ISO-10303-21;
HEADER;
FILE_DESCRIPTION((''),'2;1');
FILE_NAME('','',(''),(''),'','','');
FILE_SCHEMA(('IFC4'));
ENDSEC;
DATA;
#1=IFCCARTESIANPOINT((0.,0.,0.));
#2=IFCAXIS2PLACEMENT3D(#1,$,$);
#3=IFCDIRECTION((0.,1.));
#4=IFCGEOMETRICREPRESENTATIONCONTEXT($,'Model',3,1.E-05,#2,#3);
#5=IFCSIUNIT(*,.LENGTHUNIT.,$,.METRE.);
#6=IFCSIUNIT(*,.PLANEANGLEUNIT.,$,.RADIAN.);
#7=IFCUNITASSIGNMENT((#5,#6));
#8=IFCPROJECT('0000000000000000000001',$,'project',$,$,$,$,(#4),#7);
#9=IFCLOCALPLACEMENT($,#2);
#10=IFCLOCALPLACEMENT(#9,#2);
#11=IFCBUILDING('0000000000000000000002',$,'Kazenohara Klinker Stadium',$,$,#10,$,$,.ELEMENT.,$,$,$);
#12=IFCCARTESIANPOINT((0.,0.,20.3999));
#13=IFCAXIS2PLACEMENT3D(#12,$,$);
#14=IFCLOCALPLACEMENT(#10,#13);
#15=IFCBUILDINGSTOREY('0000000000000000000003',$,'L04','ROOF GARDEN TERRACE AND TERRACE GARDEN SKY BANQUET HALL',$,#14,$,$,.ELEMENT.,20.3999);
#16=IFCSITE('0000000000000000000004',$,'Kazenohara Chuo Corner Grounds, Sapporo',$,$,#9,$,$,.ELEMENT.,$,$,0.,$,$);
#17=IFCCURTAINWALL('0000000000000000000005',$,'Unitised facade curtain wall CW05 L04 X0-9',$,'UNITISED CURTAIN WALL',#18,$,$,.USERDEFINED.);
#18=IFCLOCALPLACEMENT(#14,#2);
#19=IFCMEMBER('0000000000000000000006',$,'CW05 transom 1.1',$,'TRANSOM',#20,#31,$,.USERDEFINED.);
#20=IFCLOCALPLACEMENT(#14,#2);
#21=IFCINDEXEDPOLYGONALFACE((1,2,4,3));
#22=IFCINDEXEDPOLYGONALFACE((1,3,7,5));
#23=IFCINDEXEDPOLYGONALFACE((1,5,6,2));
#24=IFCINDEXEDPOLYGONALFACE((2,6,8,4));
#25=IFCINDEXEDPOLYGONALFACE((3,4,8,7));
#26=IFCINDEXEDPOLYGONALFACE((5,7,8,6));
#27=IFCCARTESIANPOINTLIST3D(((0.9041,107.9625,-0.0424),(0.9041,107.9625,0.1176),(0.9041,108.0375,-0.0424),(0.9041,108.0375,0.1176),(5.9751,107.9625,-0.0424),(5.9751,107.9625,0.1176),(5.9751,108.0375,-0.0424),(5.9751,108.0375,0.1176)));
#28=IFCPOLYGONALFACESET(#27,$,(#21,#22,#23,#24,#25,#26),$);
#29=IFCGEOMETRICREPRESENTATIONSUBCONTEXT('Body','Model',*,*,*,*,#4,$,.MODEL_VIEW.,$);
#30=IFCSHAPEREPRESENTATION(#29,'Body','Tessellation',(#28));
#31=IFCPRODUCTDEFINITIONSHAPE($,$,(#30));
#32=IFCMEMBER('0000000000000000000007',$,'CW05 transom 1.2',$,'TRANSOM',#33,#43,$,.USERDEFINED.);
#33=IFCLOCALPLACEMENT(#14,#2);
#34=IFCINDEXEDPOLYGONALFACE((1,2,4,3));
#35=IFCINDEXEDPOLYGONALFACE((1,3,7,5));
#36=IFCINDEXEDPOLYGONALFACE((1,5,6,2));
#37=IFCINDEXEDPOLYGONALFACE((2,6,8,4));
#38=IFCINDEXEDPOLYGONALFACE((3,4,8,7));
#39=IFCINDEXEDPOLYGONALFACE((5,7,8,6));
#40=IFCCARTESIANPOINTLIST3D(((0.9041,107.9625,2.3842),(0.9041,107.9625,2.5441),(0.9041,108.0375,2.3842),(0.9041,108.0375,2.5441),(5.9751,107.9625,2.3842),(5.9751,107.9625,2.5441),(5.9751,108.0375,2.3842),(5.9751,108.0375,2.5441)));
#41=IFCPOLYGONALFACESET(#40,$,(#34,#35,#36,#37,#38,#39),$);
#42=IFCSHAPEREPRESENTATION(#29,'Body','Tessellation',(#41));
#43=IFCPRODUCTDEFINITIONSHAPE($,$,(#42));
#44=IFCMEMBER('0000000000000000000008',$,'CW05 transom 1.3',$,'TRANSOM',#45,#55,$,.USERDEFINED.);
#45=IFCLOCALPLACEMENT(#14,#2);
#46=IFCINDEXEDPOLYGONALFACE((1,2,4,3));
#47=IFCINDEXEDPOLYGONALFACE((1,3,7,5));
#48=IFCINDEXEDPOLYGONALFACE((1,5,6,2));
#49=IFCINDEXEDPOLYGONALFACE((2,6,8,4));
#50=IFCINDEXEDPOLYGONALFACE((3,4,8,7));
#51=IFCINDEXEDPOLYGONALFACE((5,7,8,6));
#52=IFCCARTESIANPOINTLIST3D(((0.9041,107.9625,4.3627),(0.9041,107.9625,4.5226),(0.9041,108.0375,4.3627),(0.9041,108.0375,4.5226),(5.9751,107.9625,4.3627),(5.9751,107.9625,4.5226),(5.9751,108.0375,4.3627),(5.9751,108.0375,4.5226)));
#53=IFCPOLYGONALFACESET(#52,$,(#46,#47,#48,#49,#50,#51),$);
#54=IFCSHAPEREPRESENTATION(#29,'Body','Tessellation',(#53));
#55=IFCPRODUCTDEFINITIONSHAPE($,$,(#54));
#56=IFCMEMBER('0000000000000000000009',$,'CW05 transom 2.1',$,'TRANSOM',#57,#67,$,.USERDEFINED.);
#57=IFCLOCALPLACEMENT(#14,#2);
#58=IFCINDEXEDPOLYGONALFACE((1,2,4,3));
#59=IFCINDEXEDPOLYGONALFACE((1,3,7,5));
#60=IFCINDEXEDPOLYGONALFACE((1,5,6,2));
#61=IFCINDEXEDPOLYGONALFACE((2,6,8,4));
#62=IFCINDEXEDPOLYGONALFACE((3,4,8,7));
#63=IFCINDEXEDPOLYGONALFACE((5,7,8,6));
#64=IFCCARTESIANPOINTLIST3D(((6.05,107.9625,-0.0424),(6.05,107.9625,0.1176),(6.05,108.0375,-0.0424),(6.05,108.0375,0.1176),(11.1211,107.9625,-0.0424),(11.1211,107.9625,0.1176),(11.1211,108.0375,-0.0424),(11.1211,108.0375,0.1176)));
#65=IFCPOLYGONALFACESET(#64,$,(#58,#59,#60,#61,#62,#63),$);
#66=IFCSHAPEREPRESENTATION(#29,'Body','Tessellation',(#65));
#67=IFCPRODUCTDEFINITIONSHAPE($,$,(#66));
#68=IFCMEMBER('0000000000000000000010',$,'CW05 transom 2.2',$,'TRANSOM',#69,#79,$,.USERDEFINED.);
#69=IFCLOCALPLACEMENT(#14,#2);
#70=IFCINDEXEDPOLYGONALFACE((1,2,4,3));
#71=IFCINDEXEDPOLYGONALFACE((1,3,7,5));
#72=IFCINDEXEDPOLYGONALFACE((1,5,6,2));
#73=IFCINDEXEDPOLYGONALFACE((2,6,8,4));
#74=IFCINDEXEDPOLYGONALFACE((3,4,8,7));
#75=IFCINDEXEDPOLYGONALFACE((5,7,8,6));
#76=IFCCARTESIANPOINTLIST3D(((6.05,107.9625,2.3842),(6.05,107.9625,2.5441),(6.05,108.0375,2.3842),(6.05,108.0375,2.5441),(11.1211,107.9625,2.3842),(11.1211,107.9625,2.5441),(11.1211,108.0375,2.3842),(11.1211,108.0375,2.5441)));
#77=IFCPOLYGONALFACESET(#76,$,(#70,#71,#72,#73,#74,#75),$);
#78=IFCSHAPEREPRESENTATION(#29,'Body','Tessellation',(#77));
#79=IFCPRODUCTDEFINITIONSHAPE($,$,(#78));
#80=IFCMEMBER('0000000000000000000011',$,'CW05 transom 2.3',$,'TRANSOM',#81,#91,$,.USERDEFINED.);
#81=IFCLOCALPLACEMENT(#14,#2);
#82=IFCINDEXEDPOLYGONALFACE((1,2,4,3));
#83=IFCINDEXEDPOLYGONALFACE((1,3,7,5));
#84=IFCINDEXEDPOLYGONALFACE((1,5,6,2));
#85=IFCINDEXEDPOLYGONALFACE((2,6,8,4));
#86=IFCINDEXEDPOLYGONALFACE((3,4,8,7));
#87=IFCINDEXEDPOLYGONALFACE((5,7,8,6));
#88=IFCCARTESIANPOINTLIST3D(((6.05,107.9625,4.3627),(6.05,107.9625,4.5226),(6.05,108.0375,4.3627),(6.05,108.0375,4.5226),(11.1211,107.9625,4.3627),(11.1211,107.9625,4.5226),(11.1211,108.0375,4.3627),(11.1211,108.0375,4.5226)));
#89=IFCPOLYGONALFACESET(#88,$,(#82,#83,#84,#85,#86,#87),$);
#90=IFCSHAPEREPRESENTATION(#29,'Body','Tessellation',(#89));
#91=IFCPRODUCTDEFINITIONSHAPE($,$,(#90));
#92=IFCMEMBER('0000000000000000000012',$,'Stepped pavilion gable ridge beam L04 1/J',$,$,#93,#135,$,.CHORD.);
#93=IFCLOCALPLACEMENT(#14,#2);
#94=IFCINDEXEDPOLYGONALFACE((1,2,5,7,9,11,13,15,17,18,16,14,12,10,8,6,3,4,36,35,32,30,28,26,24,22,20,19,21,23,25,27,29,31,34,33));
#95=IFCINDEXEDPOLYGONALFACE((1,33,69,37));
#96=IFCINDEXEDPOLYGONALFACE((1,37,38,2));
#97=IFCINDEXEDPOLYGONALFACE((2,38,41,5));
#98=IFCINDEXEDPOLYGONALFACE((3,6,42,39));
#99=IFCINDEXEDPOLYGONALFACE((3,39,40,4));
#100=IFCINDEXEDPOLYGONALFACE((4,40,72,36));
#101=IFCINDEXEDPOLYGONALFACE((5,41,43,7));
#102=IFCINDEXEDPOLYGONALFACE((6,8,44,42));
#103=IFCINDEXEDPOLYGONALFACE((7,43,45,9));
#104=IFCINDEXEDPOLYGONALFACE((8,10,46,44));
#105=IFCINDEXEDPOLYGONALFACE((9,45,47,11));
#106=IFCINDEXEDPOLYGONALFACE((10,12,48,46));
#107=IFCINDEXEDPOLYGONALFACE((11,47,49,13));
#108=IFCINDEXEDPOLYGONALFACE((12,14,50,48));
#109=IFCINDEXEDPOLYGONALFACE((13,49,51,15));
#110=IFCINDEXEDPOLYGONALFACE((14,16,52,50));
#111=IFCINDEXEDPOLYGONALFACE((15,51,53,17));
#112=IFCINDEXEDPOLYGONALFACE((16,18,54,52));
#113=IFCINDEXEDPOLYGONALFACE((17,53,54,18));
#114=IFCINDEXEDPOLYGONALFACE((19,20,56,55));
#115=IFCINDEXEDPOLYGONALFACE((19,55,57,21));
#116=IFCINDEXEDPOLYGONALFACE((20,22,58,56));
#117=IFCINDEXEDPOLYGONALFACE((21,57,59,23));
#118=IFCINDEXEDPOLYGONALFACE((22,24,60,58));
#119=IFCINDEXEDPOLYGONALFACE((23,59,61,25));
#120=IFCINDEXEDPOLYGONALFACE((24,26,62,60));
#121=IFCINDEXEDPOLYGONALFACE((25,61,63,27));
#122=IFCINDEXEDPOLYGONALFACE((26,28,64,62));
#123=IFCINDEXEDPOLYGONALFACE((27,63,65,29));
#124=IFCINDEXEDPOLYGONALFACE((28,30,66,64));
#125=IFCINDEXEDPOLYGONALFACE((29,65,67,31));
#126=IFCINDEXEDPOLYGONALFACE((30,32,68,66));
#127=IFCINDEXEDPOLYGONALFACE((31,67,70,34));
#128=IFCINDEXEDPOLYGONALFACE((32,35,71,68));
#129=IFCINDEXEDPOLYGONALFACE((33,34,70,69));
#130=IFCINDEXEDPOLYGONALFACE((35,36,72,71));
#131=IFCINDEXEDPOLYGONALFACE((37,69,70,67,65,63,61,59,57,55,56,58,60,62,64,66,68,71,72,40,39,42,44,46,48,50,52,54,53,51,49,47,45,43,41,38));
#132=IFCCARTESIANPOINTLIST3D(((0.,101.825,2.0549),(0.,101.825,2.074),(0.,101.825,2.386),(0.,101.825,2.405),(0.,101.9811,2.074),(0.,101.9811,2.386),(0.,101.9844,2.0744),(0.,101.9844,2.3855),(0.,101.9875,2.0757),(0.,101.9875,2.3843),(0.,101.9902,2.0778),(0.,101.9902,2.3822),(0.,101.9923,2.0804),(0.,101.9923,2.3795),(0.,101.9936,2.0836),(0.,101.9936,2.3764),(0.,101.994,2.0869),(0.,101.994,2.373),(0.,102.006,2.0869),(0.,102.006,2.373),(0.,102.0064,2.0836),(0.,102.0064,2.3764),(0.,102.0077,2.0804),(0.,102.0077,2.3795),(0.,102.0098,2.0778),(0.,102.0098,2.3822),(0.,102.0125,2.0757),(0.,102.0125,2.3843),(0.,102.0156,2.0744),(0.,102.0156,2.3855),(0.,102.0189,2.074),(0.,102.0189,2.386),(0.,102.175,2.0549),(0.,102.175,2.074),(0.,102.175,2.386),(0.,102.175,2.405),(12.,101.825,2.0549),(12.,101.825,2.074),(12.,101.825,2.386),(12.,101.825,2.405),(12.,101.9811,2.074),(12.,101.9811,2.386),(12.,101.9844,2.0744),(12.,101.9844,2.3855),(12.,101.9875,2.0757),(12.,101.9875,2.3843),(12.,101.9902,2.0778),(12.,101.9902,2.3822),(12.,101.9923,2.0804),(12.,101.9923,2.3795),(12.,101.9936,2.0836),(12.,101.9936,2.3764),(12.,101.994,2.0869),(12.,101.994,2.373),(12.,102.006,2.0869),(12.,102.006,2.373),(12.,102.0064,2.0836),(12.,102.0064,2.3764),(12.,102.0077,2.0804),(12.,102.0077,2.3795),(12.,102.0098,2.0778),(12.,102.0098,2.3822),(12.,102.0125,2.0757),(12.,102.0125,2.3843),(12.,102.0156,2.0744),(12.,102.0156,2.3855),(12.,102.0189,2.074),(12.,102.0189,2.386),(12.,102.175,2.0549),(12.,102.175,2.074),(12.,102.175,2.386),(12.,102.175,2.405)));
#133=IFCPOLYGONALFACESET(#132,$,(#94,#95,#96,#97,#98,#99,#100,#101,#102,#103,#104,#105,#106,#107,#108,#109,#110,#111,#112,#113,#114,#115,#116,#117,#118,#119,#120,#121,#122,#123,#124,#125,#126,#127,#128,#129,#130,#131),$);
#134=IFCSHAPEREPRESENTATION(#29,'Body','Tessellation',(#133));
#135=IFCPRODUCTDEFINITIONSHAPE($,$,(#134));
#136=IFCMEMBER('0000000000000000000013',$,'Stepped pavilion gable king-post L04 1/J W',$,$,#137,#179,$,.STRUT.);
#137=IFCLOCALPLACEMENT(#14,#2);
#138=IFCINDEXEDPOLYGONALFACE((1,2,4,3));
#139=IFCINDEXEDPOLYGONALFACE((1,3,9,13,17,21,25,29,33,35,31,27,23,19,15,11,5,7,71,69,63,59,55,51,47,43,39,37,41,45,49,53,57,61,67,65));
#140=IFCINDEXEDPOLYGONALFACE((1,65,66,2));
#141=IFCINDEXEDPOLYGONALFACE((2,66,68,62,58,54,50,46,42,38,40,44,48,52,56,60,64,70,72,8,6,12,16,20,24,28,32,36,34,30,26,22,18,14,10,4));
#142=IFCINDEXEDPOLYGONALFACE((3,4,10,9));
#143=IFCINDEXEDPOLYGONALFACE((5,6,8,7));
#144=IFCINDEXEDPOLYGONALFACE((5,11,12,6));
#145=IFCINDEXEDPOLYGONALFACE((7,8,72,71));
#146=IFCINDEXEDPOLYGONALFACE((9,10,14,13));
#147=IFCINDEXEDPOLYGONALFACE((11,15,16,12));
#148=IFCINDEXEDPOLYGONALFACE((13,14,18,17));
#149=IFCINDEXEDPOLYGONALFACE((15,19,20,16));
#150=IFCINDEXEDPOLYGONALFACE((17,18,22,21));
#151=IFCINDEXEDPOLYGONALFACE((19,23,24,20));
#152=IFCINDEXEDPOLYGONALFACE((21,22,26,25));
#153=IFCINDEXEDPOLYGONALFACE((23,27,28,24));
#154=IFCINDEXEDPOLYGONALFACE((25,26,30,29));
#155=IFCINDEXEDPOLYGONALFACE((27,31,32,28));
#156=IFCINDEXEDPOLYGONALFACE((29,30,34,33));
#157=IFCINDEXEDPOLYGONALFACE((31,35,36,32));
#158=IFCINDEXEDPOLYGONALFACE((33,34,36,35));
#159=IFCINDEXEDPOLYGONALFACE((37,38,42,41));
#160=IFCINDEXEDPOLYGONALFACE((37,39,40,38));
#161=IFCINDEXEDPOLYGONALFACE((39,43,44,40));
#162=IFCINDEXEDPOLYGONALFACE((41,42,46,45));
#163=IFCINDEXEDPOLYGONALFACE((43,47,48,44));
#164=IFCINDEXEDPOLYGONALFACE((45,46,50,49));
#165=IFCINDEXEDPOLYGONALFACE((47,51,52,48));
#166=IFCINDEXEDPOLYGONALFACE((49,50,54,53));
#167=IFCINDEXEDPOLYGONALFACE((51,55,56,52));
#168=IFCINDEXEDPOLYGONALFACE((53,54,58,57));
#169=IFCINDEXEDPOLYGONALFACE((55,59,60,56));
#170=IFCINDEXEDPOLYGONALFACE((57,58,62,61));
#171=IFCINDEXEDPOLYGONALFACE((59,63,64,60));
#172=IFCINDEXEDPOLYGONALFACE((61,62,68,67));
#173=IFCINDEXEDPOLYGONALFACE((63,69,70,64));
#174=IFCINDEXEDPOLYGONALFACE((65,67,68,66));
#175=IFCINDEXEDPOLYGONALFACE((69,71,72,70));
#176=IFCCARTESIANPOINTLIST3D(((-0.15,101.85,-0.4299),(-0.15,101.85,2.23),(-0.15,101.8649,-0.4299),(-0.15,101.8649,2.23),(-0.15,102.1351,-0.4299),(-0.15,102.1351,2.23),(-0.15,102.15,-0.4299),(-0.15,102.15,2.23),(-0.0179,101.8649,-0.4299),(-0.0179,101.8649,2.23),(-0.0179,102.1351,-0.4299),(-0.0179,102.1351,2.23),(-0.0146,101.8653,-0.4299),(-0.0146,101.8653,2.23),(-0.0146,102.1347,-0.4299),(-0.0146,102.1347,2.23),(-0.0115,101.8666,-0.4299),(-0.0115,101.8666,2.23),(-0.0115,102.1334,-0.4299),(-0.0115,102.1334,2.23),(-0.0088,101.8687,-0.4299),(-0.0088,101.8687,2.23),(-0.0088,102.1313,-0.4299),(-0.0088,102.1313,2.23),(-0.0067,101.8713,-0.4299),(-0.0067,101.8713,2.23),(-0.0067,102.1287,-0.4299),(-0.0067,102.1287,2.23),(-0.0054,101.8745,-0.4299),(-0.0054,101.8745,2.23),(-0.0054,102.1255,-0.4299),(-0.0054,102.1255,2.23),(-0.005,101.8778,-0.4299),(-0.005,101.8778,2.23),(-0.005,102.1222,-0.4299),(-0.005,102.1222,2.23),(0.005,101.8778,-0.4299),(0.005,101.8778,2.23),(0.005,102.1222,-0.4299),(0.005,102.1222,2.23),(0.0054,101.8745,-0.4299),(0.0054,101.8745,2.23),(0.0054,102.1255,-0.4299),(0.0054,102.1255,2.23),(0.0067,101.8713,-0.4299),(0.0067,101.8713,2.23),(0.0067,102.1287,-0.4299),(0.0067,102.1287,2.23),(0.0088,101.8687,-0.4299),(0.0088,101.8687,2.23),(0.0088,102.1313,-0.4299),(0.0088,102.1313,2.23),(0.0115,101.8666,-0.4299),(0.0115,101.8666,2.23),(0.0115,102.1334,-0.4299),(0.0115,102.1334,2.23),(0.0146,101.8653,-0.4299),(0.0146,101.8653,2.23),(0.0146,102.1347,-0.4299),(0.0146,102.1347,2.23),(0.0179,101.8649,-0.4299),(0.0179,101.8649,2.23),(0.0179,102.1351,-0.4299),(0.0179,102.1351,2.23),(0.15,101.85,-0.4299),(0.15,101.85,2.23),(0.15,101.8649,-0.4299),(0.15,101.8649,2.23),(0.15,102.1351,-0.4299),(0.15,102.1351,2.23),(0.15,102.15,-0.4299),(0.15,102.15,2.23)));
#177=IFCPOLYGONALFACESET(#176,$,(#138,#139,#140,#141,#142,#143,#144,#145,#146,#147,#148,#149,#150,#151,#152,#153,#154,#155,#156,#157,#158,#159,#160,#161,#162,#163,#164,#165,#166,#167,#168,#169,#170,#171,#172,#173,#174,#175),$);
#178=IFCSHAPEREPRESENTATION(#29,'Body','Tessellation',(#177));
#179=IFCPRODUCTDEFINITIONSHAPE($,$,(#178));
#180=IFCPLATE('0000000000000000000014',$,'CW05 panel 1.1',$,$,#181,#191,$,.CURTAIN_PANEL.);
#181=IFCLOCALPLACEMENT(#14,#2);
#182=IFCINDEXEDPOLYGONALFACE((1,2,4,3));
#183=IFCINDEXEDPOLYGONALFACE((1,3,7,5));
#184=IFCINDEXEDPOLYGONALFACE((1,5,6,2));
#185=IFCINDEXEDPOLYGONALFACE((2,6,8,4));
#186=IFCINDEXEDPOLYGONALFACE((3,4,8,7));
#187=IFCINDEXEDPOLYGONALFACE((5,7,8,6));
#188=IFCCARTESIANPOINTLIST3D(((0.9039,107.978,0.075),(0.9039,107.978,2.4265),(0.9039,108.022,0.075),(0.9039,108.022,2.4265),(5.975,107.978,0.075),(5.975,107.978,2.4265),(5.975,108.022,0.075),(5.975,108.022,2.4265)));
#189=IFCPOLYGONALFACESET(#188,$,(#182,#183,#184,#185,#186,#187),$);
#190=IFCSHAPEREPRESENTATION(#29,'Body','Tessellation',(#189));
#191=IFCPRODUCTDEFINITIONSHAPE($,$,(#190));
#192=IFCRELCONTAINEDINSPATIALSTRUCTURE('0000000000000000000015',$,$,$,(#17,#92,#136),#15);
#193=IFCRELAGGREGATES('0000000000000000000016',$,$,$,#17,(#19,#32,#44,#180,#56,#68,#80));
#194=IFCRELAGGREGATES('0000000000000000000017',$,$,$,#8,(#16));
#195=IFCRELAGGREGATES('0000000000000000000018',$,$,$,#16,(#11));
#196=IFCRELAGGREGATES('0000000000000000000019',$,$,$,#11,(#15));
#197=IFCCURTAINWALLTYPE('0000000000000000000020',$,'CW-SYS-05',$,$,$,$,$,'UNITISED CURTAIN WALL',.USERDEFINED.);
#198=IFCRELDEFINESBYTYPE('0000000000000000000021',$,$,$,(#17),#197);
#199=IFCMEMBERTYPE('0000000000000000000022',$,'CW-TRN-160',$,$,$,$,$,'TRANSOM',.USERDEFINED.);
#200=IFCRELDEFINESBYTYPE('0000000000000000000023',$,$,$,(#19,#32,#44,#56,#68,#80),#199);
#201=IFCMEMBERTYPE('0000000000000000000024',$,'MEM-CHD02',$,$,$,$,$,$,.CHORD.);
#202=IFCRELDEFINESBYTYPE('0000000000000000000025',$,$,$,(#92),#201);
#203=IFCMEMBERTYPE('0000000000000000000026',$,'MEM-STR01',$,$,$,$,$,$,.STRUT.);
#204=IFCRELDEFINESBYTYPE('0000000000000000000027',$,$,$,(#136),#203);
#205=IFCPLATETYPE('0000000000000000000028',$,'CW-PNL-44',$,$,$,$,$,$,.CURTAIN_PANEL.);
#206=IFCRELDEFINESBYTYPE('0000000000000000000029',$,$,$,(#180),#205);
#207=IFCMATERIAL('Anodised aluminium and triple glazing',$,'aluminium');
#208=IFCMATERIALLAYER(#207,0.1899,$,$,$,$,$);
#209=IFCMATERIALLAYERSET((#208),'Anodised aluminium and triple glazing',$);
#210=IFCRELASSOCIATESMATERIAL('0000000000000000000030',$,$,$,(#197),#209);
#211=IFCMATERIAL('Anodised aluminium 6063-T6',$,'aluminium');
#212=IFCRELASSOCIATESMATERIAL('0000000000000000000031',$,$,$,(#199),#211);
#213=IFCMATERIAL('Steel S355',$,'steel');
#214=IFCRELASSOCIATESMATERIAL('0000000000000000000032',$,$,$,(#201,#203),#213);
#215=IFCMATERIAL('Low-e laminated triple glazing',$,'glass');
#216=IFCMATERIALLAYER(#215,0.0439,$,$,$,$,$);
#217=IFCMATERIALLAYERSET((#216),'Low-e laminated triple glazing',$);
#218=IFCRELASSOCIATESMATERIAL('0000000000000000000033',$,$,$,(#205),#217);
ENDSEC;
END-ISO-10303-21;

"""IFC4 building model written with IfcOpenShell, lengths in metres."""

from ifc_helpers import new_model, si_unit, direction, frame, origin, origin_2d, place, context, subcontext, project, spatial, rectangle, i_section, extrude, material, layer, layer_set, material_profile, profile_set, type_object, element, aggregate, save


model = new_model("IFC4")

# Units and contexts
model_context = context("Model", 3, precision=1e-05, world=origin(), true_north=direction((0.0, 1.0)))
body_context = subcontext(model_context, "Body", "Model", "MODEL_VIEW")
ifc_project = project(units=[si_unit("LENGTHUNIT", "METRE"), si_unit("PLANEANGLEUNIT", "RADIAN")], contexts=[model_context])

# Site, building, storey
site_placement = place(None, origin())
site = spatial("IfcSite", under=ifc_project, at=site_placement, Name="Kazenohara Chuo Corner Grounds, Sapporo", CompositionType="ELEMENT", RefElevation=0.0)
building_placement = place(site_placement, origin())
building = spatial("IfcBuilding", under=site, at=building_placement, Name="Kazenohara Klinker Stadium", CompositionType="ELEMENT")
storey_placement = place(building_placement, frame((0.0, 0.0, 20.3999)))
storey = spatial("IfcBuildingStorey", under=building, at=storey_placement, Name="L04", Description="ROOF GARDEN TERRACE AND TERRACE GARDEN SKY BANQUET HALL", CompositionType="ELEMENT", Elevation=20.3999)

# Shared definitions
ifc_material_1 = material(Name="Steel S355", Category="steel")

# Shared definitions
ifc_material_2 = material(Name="Anodised aluminium and triple glazing", Category="aluminium")
ifc_material_3 = material(Name="Anodised aluminium 6063-T6", Category="aluminium")

# Curtain wall, members
ifc_layer_1 = layer(ifc_material_2, 0.1899)
ifc_layer_set_1 = layer_set([ifc_layer_1], Name="Anodised aluminium and triple glazing")
curtain_wall_type_1 = type_object("IfcCurtainWallType", Name="CW-SYS-05", ElementType="UNITISED CURTAIN WALL", PredefinedType="USERDEFINED", material=ifc_layer_set_1)
curtain_wall_1_placement = place(storey_placement, origin())
curtain_wall_1 = element("IfcCurtainWall", 1, at=curtain_wall_1_placement, inside=storey, type_object=curtain_wall_type_1, Name="Unitised facade curtain wall CW05 L04 X0-9", ObjectType="UNITISED CURTAIN WALL", PredefinedType="USERDEFINED")
ifc_material_profile_1 = material_profile(ifc_material_3, rectangle(XDim=0.075, YDim=0.1599, at=origin_2d()), Name="ALU-TRN-75x160")
ifc_profile_set_1 = profile_set([ifc_material_profile_1], Name="Anodised aluminium 6063-T6")
member_type_1 = type_object("IfcMemberType", Name="CW-TRN-160", ElementType="TRANSOM", PredefinedType="USERDEFINED", material=ifc_profile_set_1)
member_1_placement = place(storey_placement, frame((0.9041, 108.0, 0.0376), z_axis=(1.0, 0.0, 0.0), x_axis=(0.0, 1.0, 0.0)))
member_1 = element("IfcMember", 2, at=member_1_placement, type_object=member_type_1, Name="CW05 transom 1.1", ObjectType="TRANSOM", PredefinedType="USERDEFINED", context=body_context, shape_type="SweptSolid", body=[
    extrude(rectangle(XDim=0.075, YDim=0.1599, at=origin_2d()), origin(), (0.0, 0.0, 1.0), 5.071),
])
member_2_placement = place(storey_placement, frame((0.9041, 108.0, 2.4641), z_axis=(1.0, 0.0, 0.0), x_axis=(0.0, 1.0, 0.0)))
member_2 = element("IfcMember", 3, at=member_2_placement, type_object=member_type_1, Name="CW05 transom 1.2", ObjectType="TRANSOM", PredefinedType="USERDEFINED", context=body_context, shape_type="SweptSolid", body=[
    extrude(rectangle(XDim=0.075, YDim=0.1599, at=origin_2d()), origin(), (0.0, 0.0, 1.0), 5.071),
])
member_3_placement = place(storey_placement, frame((0.9041, 108.0, 4.4426), z_axis=(1.0, 0.0, 0.0), x_axis=(0.0, 1.0, 0.0)))
member_3 = element("IfcMember", 4, at=member_3_placement, type_object=member_type_1, Name="CW05 transom 1.3", ObjectType="TRANSOM", PredefinedType="USERDEFINED", context=body_context, shape_type="SweptSolid", body=[
    extrude(rectangle(XDim=0.075, YDim=0.1599, at=origin_2d()), origin(), (0.0, 0.0, 1.0), 5.071),
])
member_4_placement = place(storey_placement, frame((6.05, 108.0, 0.0376), z_axis=(1.0, 0.0, 0.0), x_axis=(0.0, 1.0, 0.0)))
member_4 = element("IfcMember", 5, at=member_4_placement, type_object=member_type_1, Name="CW05 transom 2.1", ObjectType="TRANSOM", PredefinedType="USERDEFINED", context=body_context, shape_type="SweptSolid", body=[
    extrude(rectangle(XDim=0.075, YDim=0.1599, at=origin_2d()), origin(), (0.0, 0.0, 1.0), 5.071),
])
member_5_placement = place(storey_placement, frame((6.05, 108.0, 2.4641), z_axis=(1.0, 0.0, 0.0), x_axis=(0.0, 1.0, 0.0)))
member_5 = element("IfcMember", 6, at=member_5_placement, type_object=member_type_1, Name="CW05 transom 2.2", ObjectType="TRANSOM", PredefinedType="USERDEFINED", context=body_context, shape_type="SweptSolid", body=[
    extrude(rectangle(XDim=0.075, YDim=0.1599, at=origin_2d()), origin(), (0.0, 0.0, 1.0), 5.071),
])
member_6_placement = place(storey_placement, frame((6.05, 108.0, 4.4426), z_axis=(1.0, 0.0, 0.0), x_axis=(0.0, 1.0, 0.0)))
member_6 = element("IfcMember", 7, at=member_6_placement, type_object=member_type_1, Name="CW05 transom 2.3", ObjectType="TRANSOM", PredefinedType="USERDEFINED", context=body_context, shape_type="SweptSolid", body=[
    extrude(rectangle(XDim=0.075, YDim=0.1599, at=origin_2d()), origin(), (0.0, 0.0, 1.0), 5.071),
])

# Members
ifc_material_profile_2 = material_profile(ifc_material_1, i_section(OverallWidth=0.3501, OverallDepth=0.3501, WebThickness=0.012, FlangeThickness=0.019, FilletRadius=0.0129, at=origin_2d()), Name="H-350x350x12x19")
ifc_profile_set_2 = profile_set([ifc_material_profile_2], Name="Steel S355")
member_type_2 = type_object("IfcMemberType", Name="MEM-CHD02", PredefinedType="CHORD", material=ifc_profile_set_2)
member_7_placement = place(storey_placement, frame((0.0, 102.0, 2.23), z_axis=(1.0, 0.0, 0.0), x_axis=(0.0, 1.0, 0.0)))
element("IfcMember", 8, at=member_7_placement, inside=storey, type_object=member_type_2, Name="Stepped pavilion gable ridge beam L04 1/J", PredefinedType="CHORD", context=body_context, shape_type="SweptSolid", body=[
    extrude(i_section(OverallWidth=0.3501, OverallDepth=0.3501, WebThickness=0.012, FlangeThickness=0.019, FilletRadius=0.0129, at=origin_2d()), origin(), (0.0, 0.0, 1.0), 12.0),
])
ifc_material_profile_3 = material_profile(ifc_material_1, i_section(OverallWidth=0.3, OverallDepth=0.3, WebThickness=0.01, FlangeThickness=0.0149, FilletRadius=0.0129, at=origin_2d()), Name="H-300x300x10x15")
ifc_profile_set_3 = profile_set([ifc_material_profile_3], Name="Steel S355")
member_type_3 = type_object("IfcMemberType", Name="MEM-STR01", PredefinedType="STRUT", material=ifc_profile_set_3)
member_8_placement = place(storey_placement, frame((0.0, 102.0, -0.4299), z_axis=(0.0, 0.0, 1.0), x_axis=(1.0, 0.0, 0.0)))
element("IfcMember", 9, at=member_8_placement, inside=storey, type_object=member_type_3, Name="Stepped pavilion gable king-post L04 1/J W", PredefinedType="STRUT", context=body_context, shape_type="SweptSolid", body=[
    extrude(i_section(OverallWidth=0.3, OverallDepth=0.3, WebThickness=0.01, FlangeThickness=0.0149, FilletRadius=0.0129, at=origin_2d()), origin(), (0.0, 0.0, 1.0), 2.6599),
])

# Plate
ifc_material_4 = material(Name="Low-e laminated triple glazing", Category="glass")
ifc_layer_2 = layer(ifc_material_4, 0.0439)
ifc_layer_set_2 = layer_set([ifc_layer_2], Name="Low-e laminated triple glazing")
plate_type_1 = type_object("IfcPlateType", Name="CW-PNL-44", PredefinedType="CURTAIN_PANEL", material=ifc_layer_set_2)
plate_1_placement = place(storey_placement, frame((3.4395, 108.0, 0.075), z_axis=(0.0, 0.0, 1.0), x_axis=(1.0, 0.0, 0.0)))
plate_1 = element("IfcPlate", 10, at=plate_1_placement, type_object=plate_type_1, Name="CW05 panel 1.1", PredefinedType="CURTAIN_PANEL", context=body_context, shape_type="SweptSolid", body=[
    extrude(rectangle(XDim=5.071, YDim=0.0439, at=origin_2d()), origin(), (0.0, 0.0, 1.0), 2.3516),
])
aggregate(curtain_wall_1, [member_1, member_2, member_3, plate_1, member_4, member_5, member_6])

save(model, "model.ifc")
